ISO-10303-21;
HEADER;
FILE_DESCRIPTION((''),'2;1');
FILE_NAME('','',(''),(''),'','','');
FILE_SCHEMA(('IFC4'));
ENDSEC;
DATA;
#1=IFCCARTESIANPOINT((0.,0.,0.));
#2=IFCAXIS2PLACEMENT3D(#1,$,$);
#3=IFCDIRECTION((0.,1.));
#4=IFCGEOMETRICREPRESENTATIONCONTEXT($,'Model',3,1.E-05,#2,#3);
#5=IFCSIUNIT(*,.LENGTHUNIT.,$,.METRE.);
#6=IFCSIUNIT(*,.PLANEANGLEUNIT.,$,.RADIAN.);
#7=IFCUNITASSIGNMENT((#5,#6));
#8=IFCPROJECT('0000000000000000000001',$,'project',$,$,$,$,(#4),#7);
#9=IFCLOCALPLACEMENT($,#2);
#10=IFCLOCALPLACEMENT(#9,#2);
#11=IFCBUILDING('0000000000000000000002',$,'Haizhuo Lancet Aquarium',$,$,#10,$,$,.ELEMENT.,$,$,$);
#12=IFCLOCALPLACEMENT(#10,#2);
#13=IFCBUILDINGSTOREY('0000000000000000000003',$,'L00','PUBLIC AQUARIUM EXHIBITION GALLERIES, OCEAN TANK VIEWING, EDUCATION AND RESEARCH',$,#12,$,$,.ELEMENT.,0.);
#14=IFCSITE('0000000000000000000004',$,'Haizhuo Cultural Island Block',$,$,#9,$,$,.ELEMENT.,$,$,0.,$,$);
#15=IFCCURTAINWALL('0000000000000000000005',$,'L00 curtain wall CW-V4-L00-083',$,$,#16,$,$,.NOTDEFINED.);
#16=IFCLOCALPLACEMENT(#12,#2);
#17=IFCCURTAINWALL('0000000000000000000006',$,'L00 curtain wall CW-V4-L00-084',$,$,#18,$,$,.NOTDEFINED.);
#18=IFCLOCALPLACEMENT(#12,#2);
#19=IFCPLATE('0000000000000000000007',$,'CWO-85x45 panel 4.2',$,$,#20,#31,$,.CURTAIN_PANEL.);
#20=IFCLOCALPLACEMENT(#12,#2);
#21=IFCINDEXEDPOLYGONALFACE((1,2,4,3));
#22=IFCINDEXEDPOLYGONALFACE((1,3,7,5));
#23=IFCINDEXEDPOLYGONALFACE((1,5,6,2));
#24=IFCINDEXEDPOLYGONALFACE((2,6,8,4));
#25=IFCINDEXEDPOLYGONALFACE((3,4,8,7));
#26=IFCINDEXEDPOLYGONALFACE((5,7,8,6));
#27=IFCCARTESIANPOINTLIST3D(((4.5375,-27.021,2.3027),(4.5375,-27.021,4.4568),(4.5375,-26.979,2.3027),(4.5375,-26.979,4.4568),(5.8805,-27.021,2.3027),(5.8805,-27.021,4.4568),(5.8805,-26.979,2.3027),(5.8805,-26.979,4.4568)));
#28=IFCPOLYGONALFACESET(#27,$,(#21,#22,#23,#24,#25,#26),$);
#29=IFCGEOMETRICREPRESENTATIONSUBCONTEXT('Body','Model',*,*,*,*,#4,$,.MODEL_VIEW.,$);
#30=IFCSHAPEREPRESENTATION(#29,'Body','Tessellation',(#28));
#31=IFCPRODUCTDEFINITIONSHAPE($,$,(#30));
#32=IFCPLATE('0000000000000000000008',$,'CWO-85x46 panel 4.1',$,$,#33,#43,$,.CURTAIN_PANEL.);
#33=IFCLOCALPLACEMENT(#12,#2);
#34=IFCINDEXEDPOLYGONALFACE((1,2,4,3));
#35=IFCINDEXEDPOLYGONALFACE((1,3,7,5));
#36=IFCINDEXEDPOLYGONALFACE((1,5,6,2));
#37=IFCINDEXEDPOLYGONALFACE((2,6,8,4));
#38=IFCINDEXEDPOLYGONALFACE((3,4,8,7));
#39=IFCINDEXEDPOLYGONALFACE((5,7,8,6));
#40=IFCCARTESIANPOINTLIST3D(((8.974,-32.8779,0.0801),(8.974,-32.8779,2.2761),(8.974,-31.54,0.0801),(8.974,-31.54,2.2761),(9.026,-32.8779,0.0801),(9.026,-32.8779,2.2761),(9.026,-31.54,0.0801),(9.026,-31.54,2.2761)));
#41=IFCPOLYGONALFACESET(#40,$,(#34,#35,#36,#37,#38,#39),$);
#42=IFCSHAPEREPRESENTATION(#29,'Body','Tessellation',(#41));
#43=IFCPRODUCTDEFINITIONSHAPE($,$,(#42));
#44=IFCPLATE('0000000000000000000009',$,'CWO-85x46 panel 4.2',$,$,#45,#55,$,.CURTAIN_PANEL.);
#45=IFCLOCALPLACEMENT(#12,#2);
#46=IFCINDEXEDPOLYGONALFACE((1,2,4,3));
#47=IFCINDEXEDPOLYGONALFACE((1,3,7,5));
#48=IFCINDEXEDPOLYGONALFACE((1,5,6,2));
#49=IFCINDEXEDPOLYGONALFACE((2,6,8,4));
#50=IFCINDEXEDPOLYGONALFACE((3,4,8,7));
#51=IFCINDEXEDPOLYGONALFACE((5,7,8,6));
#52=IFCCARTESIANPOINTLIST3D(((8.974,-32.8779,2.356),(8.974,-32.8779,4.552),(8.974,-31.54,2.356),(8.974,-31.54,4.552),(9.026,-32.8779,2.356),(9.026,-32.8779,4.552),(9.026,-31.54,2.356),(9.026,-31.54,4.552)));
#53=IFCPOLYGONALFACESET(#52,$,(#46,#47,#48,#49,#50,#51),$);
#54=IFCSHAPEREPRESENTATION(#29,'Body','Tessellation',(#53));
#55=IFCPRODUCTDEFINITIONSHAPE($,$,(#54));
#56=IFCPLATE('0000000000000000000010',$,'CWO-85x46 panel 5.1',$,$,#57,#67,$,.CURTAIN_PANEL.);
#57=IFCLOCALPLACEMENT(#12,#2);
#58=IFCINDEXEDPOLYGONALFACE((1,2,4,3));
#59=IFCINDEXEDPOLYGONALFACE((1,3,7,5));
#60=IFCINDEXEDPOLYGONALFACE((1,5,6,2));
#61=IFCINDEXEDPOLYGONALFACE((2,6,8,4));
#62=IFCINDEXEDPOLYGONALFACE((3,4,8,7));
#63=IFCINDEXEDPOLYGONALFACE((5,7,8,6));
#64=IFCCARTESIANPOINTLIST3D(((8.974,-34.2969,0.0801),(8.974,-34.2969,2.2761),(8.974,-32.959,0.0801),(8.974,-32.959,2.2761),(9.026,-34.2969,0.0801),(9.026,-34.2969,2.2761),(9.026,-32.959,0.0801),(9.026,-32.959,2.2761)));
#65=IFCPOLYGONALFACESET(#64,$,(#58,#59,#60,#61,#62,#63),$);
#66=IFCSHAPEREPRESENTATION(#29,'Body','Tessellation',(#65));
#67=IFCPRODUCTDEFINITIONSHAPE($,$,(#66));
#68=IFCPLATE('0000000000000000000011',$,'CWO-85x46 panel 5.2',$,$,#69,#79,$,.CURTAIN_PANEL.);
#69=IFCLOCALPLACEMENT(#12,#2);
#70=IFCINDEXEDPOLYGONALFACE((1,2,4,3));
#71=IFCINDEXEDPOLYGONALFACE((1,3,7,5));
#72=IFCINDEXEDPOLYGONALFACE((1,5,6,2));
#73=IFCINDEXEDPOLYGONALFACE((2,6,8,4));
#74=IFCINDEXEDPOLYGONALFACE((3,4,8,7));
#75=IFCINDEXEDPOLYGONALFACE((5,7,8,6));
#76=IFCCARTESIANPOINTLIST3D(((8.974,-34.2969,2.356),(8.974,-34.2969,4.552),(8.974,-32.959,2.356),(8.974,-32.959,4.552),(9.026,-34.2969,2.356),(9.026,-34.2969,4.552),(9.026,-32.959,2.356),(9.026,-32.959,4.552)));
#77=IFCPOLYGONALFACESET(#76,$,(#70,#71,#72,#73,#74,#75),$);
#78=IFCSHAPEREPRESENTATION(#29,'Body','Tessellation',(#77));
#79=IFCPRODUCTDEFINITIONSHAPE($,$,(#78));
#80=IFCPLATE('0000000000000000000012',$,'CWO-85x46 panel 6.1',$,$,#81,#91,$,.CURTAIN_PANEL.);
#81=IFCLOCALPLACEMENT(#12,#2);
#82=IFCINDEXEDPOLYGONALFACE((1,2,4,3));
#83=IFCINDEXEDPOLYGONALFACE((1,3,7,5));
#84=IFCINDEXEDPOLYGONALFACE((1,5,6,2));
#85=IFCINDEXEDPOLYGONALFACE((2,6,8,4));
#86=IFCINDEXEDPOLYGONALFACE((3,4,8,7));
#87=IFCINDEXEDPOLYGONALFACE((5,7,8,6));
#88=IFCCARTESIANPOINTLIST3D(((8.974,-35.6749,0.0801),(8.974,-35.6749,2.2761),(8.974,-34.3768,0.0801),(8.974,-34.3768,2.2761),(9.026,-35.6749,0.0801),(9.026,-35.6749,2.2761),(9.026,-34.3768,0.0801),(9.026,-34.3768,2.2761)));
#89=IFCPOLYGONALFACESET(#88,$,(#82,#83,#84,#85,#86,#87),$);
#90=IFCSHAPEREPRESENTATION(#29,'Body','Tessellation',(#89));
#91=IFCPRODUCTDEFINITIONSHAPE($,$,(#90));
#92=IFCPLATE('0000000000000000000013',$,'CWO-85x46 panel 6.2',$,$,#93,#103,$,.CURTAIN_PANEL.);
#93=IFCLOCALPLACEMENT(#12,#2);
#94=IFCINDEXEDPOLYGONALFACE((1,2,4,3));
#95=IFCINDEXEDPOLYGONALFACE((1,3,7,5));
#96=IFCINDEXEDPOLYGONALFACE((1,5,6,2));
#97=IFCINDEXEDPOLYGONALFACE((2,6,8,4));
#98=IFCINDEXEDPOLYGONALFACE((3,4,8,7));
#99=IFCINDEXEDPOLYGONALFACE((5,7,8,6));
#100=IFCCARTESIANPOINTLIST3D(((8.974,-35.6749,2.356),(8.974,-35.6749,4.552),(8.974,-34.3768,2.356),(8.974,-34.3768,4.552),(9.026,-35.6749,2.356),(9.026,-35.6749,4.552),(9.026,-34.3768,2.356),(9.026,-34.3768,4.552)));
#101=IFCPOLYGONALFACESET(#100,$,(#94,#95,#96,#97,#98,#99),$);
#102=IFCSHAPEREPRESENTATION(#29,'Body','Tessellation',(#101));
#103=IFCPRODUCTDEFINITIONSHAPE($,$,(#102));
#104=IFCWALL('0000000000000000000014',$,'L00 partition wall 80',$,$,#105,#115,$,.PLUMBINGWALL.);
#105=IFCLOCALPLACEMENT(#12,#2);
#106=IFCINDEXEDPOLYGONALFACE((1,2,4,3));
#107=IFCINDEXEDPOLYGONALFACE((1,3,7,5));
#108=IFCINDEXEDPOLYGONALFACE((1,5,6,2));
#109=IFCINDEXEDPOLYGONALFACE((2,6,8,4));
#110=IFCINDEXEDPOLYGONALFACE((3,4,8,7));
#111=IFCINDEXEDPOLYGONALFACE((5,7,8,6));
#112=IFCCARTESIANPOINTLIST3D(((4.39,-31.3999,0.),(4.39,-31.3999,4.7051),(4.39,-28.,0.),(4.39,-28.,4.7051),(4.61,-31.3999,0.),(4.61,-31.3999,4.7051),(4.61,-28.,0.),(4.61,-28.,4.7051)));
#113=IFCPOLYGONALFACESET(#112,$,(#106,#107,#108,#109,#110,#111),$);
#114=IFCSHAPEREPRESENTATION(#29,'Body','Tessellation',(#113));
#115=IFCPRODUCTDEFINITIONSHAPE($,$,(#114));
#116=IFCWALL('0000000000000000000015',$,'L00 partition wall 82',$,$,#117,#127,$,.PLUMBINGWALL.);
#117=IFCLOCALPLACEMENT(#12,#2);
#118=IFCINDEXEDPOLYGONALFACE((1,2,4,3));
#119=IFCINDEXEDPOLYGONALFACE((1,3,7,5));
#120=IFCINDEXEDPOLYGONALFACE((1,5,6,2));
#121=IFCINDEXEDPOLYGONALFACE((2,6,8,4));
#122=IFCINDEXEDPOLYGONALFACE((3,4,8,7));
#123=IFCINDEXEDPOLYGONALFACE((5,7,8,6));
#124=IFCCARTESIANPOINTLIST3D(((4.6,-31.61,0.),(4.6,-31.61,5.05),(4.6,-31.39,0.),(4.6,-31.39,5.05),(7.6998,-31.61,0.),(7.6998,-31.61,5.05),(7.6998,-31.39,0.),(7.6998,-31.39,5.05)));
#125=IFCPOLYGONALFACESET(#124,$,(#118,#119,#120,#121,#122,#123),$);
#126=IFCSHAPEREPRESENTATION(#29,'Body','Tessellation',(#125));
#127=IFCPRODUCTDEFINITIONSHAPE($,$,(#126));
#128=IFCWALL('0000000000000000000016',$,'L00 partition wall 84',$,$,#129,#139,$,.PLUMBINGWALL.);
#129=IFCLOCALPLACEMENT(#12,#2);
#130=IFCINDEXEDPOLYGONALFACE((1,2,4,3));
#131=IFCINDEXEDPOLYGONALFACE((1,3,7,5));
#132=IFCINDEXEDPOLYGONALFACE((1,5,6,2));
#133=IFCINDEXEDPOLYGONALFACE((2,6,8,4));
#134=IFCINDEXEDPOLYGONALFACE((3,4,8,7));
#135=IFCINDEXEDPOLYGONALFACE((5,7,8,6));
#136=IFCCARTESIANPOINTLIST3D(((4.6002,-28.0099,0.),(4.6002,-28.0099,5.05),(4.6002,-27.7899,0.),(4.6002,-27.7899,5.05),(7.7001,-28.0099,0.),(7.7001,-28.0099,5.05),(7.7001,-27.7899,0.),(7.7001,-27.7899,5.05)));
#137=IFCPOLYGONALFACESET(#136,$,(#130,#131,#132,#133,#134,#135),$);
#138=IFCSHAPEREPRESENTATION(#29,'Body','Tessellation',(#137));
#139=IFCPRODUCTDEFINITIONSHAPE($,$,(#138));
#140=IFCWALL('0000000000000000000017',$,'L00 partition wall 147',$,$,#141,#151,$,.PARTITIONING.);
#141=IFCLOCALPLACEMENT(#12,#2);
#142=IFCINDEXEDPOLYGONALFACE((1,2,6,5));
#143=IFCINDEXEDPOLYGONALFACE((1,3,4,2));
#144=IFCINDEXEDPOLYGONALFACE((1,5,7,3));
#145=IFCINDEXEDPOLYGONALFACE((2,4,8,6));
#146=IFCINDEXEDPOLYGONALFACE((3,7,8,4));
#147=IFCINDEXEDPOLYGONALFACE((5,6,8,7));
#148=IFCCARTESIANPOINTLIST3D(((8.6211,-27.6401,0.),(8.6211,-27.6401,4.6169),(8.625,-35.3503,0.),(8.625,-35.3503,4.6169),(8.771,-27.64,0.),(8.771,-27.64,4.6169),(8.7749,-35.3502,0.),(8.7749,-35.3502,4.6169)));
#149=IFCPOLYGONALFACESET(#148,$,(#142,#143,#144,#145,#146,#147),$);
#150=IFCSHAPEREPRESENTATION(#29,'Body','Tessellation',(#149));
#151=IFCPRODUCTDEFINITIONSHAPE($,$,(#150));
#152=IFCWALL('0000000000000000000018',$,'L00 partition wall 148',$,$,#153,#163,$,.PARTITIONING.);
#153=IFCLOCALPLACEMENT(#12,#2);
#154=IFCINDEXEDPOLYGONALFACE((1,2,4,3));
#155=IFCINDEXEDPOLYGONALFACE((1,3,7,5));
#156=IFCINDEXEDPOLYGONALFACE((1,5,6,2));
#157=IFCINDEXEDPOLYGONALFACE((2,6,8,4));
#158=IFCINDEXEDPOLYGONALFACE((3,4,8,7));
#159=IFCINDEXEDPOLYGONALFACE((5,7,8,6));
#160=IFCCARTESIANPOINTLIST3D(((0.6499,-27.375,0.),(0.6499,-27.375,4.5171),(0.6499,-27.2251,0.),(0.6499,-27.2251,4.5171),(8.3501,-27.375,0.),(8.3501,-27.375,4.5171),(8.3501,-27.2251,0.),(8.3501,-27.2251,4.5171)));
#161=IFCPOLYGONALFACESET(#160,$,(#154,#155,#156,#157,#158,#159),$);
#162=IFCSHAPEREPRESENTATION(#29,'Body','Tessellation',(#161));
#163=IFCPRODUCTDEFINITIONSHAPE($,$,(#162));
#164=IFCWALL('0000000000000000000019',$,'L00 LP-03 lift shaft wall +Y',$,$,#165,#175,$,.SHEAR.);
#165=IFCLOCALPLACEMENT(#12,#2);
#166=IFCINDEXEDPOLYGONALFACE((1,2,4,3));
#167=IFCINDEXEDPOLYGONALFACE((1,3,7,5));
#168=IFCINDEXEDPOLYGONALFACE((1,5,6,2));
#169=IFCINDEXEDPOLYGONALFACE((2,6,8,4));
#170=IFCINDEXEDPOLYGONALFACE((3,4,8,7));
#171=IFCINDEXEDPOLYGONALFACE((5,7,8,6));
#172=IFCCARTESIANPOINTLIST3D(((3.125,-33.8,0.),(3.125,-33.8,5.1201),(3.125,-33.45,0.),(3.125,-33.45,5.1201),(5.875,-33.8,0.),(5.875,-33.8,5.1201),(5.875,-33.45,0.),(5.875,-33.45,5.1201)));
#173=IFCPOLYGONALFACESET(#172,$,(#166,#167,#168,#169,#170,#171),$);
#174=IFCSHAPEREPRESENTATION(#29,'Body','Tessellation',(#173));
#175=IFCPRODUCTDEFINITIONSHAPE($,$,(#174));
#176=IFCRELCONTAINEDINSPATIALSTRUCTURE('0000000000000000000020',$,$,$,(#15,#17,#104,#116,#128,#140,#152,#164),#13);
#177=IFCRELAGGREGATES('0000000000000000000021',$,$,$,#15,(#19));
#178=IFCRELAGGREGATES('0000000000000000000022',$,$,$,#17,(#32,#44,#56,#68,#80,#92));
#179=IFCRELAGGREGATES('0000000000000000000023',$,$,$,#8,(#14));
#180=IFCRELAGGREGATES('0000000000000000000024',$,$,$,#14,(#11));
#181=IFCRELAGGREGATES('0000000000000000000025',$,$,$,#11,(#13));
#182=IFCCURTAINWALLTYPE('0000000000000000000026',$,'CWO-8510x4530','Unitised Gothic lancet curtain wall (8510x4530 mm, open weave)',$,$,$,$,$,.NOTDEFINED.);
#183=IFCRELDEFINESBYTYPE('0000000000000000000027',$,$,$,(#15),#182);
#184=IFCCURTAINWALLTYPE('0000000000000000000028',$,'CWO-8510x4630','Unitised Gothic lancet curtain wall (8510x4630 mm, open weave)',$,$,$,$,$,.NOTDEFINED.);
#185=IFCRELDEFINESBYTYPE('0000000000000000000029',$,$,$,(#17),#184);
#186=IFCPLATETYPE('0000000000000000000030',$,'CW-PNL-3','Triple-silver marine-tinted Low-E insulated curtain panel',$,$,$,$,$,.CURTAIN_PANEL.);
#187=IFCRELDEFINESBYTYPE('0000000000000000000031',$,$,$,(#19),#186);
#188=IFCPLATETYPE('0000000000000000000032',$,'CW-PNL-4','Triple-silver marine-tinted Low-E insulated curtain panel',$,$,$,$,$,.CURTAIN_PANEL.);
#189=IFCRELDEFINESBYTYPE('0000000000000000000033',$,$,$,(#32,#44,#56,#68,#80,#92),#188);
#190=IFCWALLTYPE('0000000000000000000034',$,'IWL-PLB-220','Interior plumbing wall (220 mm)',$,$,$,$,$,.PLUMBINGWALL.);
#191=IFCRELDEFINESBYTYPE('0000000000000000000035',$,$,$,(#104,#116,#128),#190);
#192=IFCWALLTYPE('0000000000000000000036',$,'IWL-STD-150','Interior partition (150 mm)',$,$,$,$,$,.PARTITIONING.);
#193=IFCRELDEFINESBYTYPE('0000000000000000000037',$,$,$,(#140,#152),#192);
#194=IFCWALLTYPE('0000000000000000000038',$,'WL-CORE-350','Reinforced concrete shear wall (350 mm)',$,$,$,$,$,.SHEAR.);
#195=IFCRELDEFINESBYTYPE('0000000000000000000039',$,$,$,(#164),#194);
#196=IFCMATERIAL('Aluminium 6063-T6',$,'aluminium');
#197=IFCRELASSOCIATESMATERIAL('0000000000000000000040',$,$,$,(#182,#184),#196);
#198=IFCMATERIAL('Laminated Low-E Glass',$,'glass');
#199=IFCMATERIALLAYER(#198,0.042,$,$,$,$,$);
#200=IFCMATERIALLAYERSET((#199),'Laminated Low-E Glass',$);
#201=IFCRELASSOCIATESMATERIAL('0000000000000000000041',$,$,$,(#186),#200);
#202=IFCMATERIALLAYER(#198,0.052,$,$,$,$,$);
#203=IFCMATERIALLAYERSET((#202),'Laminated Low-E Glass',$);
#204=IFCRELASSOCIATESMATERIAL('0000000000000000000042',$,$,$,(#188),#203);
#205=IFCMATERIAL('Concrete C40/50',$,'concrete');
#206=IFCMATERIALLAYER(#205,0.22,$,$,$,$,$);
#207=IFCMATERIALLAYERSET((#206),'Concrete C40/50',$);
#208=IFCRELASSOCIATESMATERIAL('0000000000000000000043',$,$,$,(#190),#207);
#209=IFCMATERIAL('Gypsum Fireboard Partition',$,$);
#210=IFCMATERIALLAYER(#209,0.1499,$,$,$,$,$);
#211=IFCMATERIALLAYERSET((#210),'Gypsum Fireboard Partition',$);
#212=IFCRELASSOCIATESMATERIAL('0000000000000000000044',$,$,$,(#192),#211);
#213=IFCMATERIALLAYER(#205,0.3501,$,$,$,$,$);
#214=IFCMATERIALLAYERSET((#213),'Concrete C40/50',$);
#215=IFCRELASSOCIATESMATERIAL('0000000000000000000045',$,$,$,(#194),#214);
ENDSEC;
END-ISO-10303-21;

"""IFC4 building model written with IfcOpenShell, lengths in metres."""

from ifc_helpers import new_model, si_unit, direction, frame, frame_2d, origin, origin_2d, place, context, subcontext, project, spatial, rectangle, extrude, material, layer, layer_set, type_object, element, aggregate, save


model = new_model("IFC4")

# Units and contexts
model_context = context("Model", 3, precision=1e-05, world=origin(), true_north=direction((0.0, 1.0)))
body_context = subcontext(model_context, "Body", "Model", "MODEL_VIEW")
ifc_project = project(units=[si_unit("LENGTHUNIT", "METRE"), si_unit("PLANEANGLEUNIT", "RADIAN")], contexts=[model_context])

# Site, building, storey
site_placement = place(None, origin())
site = spatial("IfcSite", under=ifc_project, at=site_placement, Name="Haizhuo Cultural Island Block", CompositionType="ELEMENT", RefElevation=0.0)
building_placement = place(site_placement, origin())
building = spatial("IfcBuilding", under=site, at=building_placement, Name="Haizhuo Lancet Aquarium", CompositionType="ELEMENT")
storey_placement = place(building_placement, origin())
storey = spatial("IfcBuildingStorey", under=building, at=storey_placement, Name="L00", Description="PUBLIC AQUARIUM EXHIBITION GALLERIES, OCEAN TANK VIEWING, EDUCATION AND RESEARCH", CompositionType="ELEMENT", Elevation=0.0)

# Curtain walls
ifc_material_1 = material(Name="Aluminium 6063-T6", Category="aluminium")
curtain_wall_type_1 = type_object("IfcCurtainWallType", Name="CWO-8510x4530", Description="Unitised Gothic lancet curtain wall (8510x4530 mm, open weave)", PredefinedType="NOTDEFINED", material=ifc_material_1)
curtain_wall_1_placement = place(storey_placement, origin())
curtain_wall_1 = element("IfcCurtainWall", 1, at=curtain_wall_1_placement, inside=storey, type_object=curtain_wall_type_1, Name="L00 curtain wall CW-V4-L00-083", PredefinedType="NOTDEFINED")
curtain_wall_type_2 = type_object("IfcCurtainWallType", Name="CWO-8510x4630", Description="Unitised Gothic lancet curtain wall (8510x4630 mm, open weave)", PredefinedType="NOTDEFINED", material=ifc_material_1)
curtain_wall_2_placement = place(storey_placement, origin())
curtain_wall_2 = element("IfcCurtainWall", 2, at=curtain_wall_2_placement, inside=storey, type_object=curtain_wall_type_2, Name="L00 curtain wall CW-V4-L00-084", PredefinedType="NOTDEFINED")

# Plates
ifc_material_2 = material(Name="Laminated Low-E Glass", Category="glass")
ifc_layer_1 = layer(ifc_material_2, 0.042)
ifc_layer_set_1 = layer_set([ifc_layer_1], Name="Laminated Low-E Glass")
plate_type_1 = type_object("IfcPlateType", Name="CW-PNL-3", Description="Triple-silver marine-tinted Low-E insulated curtain panel", PredefinedType="CURTAIN_PANEL", material=ifc_layer_set_1)
plate_1_placement = place(storey_placement, frame((5.209, -27.0, 2.3027), z_axis=(0.0, 0.0, 1.0), x_axis=(1.0, 0.0, 0.0)))
plate_1 = element("IfcPlate", 3, at=plate_1_placement, type_object=plate_type_1, Name="CWO-85x45 panel 4.2", PredefinedType="CURTAIN_PANEL", context=body_context, shape_type="SweptSolid", body=[
    extrude(rectangle(XDim=1.343, YDim=0.042, at=origin_2d()), origin(), (0.0, 0.0, 1.0), 2.1541),
])
aggregate(curtain_wall_1, [plate_1])
ifc_layer_2 = layer(ifc_material_2, 0.052)
ifc_layer_set_2 = layer_set([ifc_layer_2], Name="Laminated Low-E Glass")
plate_type_2 = type_object("IfcPlateType", Name="CW-PNL-4", Description="Triple-silver marine-tinted Low-E insulated curtain panel", PredefinedType="CURTAIN_PANEL", material=ifc_layer_set_2)
plate_2_placement = place(storey_placement, frame((9.0, -32.209, 0.0801), z_axis=(0.0, 0.0, 1.0), x_axis=(0.0, -1.0, 0.0)))
plate_2 = element("IfcPlate", 4, at=plate_2_placement, type_object=plate_type_2, Name="CWO-85x46 panel 4.1", PredefinedType="CURTAIN_PANEL", context=body_context, shape_type="SweptSolid", body=[
    extrude(rectangle(XDim=1.3379, YDim=0.052, at=origin_2d()), origin(), (0.0, 0.0, 1.0), 2.196),
])
plate_3_placement = place(storey_placement, frame((9.0, -32.209, 2.356), z_axis=(0.0, 0.0, 1.0), x_axis=(0.0, -1.0, 0.0)))
plate_3 = element("IfcPlate", 5, at=plate_3_placement, type_object=plate_type_2, Name="CWO-85x46 panel 4.2", PredefinedType="CURTAIN_PANEL", context=body_context, shape_type="SweptSolid", body=[
    extrude(rectangle(XDim=1.3379, YDim=0.052, at=origin_2d()), origin(), (0.0, 0.0, 1.0), 2.196),
])
plate_4_placement = place(storey_placement, frame((9.0, -33.6279, 0.0801), z_axis=(0.0, 0.0, 1.0), x_axis=(0.0, -1.0, 0.0)))
plate_4 = element("IfcPlate", 6, at=plate_4_placement, type_object=plate_type_2, Name="CWO-85x46 panel 5.1", PredefinedType="CURTAIN_PANEL", context=body_context, shape_type="SweptSolid", body=[
    extrude(rectangle(XDim=1.3379, YDim=0.052, at=origin_2d()), origin(), (0.0, 0.0, 1.0), 2.196),
])
plate_5_placement = place(storey_placement, frame((9.0, -33.6279, 2.356), z_axis=(0.0, 0.0, 1.0), x_axis=(0.0, -1.0, 0.0)))
plate_5 = element("IfcPlate", 7, at=plate_5_placement, type_object=plate_type_2, Name="CWO-85x46 panel 5.2", PredefinedType="CURTAIN_PANEL", context=body_context, shape_type="SweptSolid", body=[
    extrude(rectangle(XDim=1.3379, YDim=0.052, at=origin_2d()), origin(), (0.0, 0.0, 1.0), 2.196),
])
plate_6_placement = place(storey_placement, frame((9.0, -35.0259, 0.0801), z_axis=(0.0, 0.0, 1.0), x_axis=(0.0, -1.0, 0.0)))
plate_6 = element("IfcPlate", 8, at=plate_6_placement, type_object=plate_type_2, Name="CWO-85x46 panel 6.1", PredefinedType="CURTAIN_PANEL", context=body_context, shape_type="SweptSolid", body=[
    extrude(rectangle(XDim=1.2981, YDim=0.052, at=origin_2d()), origin(), (0.0, 0.0, 1.0), 2.196),
])
plate_7_placement = place(storey_placement, frame((9.0, -35.0259, 2.356), z_axis=(0.0, 0.0, 1.0), x_axis=(0.0, -1.0, 0.0)))
plate_7 = element("IfcPlate", 9, at=plate_7_placement, type_object=plate_type_2, Name="CWO-85x46 panel 6.2", PredefinedType="CURTAIN_PANEL", context=body_context, shape_type="SweptSolid", body=[
    extrude(rectangle(XDim=1.2981, YDim=0.052, at=origin_2d()), origin(), (0.0, 0.0, 1.0), 2.196),
])
aggregate(curtain_wall_2, [plate_2, plate_3, plate_4, plate_5, plate_6, plate_7])

# Walls
ifc_material_3 = material(Name="Concrete C40/50", Category="concrete")
ifc_layer_3 = layer(ifc_material_3, 0.22)
ifc_layer_set_3 = layer_set([ifc_layer_3], Name="Concrete C40/50")
wall_type_1 = type_object("IfcWallType", Name="IWL-PLB-220", Description="Interior plumbing wall (220 mm)", PredefinedType="PLUMBINGWALL", material=ifc_layer_set_3)
wall_1_placement = place(storey_placement, frame((4.5, -31.3999, 0.0), z_axis=(0.0, 0.0, 1.0), x_axis=(0.0, 1.0, 0.0)))
element("IfcWall", 10, at=wall_1_placement, inside=storey, type_object=wall_type_1, Name="L00 partition wall 80", PredefinedType="PLUMBINGWALL", context=body_context, shape_type="SweptSolid", body=[
    extrude(rectangle(XDim=3.3999, YDim=0.22, at=frame_2d((1.7, 0.0))), origin(), (0.0, 0.0, 1.0), 4.7051),
])
wall_2_placement = place(storey_placement, frame((4.6001, -31.5, 0.0), z_axis=(0.0, 0.0, 1.0), x_axis=(1.0, 0.0, 0.0)))
element("IfcWall", 11, at=wall_2_placement, inside=storey, type_object=wall_type_1, Name="L00 partition wall 82", PredefinedType="PLUMBINGWALL", context=body_context, shape_type="SweptSolid", body=[
    extrude(rectangle(XDim=3.0999, YDim=0.22, at=frame_2d((1.5498, 0.0))), origin(), (0.0, 0.0, 1.0), 5.05),
])

# Walls
wall_3_placement = place(storey_placement, frame((7.7, -27.8999, 0.0), z_axis=(0.0, 0.0, 1.0), x_axis=(-1.0, 0.0, 0.0)))
element("IfcWall", 12, at=wall_3_placement, inside=storey, type_object=wall_type_1, Name="L00 partition wall 84", PredefinedType="PLUMBINGWALL", context=body_context, shape_type="SweptSolid", body=[
    extrude(rectangle(XDim=3.0999, YDim=0.22, at=frame_2d((1.5498, 0.0))), origin(), (0.0, 0.0, 1.0), 5.05),
])
ifc_material_4 = material(Name="Gypsum Fireboard Partition")
ifc_layer_4 = layer(ifc_material_4, 0.1499)
ifc_layer_set_4 = layer_set([ifc_layer_4], Name="Gypsum Fireboard Partition")
wall_type_2 = type_object("IfcWallType", Name="IWL-STD-150", Description="Interior partition (150 mm)", PredefinedType="PARTITIONING", material=ifc_layer_set_4)
wall_4_placement = place(storey_placement, frame((8.7, -35.3501, 0.0), z_axis=(0.0, 0.0, 1.0), x_axis=(-0.000507, 1.0, 0.0)))
element("IfcWall", 13, at=wall_4_placement, inside=storey, type_object=wall_type_2, Name="L00 partition wall 147", PredefinedType="PARTITIONING", context=body_context, shape_type="SweptSolid", body=[
    extrude(rectangle(XDim=7.7102, YDim=0.1499, at=frame_2d((3.855, 0.0))), origin(), (0.0, 0.0, 1.0), 4.6169),
])
wall_5_placement = place(storey_placement, frame((8.3501, -27.3, 0.0), z_axis=(0.0, 0.0, 1.0), x_axis=(-1.0, 0.0, 0.0)))
element("IfcWall", 14, at=wall_5_placement, inside=storey, type_object=wall_type_2, Name="L00 partition wall 148", PredefinedType="PARTITIONING", context=body_context, shape_type="SweptSolid", body=[
    extrude(rectangle(XDim=7.7002, YDim=0.1499, at=frame_2d((3.8501, 0.0))), origin(), (0.0, 0.0, 1.0), 4.5171),
])
ifc_layer_5 = layer(ifc_material_3, 0.3501)
ifc_layer_set_5 = layer_set([ifc_layer_5], Name="Concrete C40/50")
wall_type_3 = type_object("IfcWallType", Name="WL-CORE-350", Description="Reinforced concrete shear wall (350 mm)", PredefinedType="SHEAR", material=ifc_layer_set_5)
wall_6_placement = place(storey_placement, frame((5.875, -33.625, 0.0), z_axis=(0.0, 0.0, 1.0), x_axis=(-1.0, 0.0, 0.0)))
element("IfcWall", 15, at=wall_6_placement, inside=storey, type_object=wall_type_3, Name="L00 LP-03 lift shaft wall +Y", PredefinedType="SHEAR", context=body_context, shape_type="SweptSolid", body=[
    extrude(rectangle(XDim=2.75, YDim=0.3501, at=frame_2d((1.375, 0.0))), origin(), (0.0, 0.0, 1.0), 5.1201),
])

save(model, "model.ifc")
